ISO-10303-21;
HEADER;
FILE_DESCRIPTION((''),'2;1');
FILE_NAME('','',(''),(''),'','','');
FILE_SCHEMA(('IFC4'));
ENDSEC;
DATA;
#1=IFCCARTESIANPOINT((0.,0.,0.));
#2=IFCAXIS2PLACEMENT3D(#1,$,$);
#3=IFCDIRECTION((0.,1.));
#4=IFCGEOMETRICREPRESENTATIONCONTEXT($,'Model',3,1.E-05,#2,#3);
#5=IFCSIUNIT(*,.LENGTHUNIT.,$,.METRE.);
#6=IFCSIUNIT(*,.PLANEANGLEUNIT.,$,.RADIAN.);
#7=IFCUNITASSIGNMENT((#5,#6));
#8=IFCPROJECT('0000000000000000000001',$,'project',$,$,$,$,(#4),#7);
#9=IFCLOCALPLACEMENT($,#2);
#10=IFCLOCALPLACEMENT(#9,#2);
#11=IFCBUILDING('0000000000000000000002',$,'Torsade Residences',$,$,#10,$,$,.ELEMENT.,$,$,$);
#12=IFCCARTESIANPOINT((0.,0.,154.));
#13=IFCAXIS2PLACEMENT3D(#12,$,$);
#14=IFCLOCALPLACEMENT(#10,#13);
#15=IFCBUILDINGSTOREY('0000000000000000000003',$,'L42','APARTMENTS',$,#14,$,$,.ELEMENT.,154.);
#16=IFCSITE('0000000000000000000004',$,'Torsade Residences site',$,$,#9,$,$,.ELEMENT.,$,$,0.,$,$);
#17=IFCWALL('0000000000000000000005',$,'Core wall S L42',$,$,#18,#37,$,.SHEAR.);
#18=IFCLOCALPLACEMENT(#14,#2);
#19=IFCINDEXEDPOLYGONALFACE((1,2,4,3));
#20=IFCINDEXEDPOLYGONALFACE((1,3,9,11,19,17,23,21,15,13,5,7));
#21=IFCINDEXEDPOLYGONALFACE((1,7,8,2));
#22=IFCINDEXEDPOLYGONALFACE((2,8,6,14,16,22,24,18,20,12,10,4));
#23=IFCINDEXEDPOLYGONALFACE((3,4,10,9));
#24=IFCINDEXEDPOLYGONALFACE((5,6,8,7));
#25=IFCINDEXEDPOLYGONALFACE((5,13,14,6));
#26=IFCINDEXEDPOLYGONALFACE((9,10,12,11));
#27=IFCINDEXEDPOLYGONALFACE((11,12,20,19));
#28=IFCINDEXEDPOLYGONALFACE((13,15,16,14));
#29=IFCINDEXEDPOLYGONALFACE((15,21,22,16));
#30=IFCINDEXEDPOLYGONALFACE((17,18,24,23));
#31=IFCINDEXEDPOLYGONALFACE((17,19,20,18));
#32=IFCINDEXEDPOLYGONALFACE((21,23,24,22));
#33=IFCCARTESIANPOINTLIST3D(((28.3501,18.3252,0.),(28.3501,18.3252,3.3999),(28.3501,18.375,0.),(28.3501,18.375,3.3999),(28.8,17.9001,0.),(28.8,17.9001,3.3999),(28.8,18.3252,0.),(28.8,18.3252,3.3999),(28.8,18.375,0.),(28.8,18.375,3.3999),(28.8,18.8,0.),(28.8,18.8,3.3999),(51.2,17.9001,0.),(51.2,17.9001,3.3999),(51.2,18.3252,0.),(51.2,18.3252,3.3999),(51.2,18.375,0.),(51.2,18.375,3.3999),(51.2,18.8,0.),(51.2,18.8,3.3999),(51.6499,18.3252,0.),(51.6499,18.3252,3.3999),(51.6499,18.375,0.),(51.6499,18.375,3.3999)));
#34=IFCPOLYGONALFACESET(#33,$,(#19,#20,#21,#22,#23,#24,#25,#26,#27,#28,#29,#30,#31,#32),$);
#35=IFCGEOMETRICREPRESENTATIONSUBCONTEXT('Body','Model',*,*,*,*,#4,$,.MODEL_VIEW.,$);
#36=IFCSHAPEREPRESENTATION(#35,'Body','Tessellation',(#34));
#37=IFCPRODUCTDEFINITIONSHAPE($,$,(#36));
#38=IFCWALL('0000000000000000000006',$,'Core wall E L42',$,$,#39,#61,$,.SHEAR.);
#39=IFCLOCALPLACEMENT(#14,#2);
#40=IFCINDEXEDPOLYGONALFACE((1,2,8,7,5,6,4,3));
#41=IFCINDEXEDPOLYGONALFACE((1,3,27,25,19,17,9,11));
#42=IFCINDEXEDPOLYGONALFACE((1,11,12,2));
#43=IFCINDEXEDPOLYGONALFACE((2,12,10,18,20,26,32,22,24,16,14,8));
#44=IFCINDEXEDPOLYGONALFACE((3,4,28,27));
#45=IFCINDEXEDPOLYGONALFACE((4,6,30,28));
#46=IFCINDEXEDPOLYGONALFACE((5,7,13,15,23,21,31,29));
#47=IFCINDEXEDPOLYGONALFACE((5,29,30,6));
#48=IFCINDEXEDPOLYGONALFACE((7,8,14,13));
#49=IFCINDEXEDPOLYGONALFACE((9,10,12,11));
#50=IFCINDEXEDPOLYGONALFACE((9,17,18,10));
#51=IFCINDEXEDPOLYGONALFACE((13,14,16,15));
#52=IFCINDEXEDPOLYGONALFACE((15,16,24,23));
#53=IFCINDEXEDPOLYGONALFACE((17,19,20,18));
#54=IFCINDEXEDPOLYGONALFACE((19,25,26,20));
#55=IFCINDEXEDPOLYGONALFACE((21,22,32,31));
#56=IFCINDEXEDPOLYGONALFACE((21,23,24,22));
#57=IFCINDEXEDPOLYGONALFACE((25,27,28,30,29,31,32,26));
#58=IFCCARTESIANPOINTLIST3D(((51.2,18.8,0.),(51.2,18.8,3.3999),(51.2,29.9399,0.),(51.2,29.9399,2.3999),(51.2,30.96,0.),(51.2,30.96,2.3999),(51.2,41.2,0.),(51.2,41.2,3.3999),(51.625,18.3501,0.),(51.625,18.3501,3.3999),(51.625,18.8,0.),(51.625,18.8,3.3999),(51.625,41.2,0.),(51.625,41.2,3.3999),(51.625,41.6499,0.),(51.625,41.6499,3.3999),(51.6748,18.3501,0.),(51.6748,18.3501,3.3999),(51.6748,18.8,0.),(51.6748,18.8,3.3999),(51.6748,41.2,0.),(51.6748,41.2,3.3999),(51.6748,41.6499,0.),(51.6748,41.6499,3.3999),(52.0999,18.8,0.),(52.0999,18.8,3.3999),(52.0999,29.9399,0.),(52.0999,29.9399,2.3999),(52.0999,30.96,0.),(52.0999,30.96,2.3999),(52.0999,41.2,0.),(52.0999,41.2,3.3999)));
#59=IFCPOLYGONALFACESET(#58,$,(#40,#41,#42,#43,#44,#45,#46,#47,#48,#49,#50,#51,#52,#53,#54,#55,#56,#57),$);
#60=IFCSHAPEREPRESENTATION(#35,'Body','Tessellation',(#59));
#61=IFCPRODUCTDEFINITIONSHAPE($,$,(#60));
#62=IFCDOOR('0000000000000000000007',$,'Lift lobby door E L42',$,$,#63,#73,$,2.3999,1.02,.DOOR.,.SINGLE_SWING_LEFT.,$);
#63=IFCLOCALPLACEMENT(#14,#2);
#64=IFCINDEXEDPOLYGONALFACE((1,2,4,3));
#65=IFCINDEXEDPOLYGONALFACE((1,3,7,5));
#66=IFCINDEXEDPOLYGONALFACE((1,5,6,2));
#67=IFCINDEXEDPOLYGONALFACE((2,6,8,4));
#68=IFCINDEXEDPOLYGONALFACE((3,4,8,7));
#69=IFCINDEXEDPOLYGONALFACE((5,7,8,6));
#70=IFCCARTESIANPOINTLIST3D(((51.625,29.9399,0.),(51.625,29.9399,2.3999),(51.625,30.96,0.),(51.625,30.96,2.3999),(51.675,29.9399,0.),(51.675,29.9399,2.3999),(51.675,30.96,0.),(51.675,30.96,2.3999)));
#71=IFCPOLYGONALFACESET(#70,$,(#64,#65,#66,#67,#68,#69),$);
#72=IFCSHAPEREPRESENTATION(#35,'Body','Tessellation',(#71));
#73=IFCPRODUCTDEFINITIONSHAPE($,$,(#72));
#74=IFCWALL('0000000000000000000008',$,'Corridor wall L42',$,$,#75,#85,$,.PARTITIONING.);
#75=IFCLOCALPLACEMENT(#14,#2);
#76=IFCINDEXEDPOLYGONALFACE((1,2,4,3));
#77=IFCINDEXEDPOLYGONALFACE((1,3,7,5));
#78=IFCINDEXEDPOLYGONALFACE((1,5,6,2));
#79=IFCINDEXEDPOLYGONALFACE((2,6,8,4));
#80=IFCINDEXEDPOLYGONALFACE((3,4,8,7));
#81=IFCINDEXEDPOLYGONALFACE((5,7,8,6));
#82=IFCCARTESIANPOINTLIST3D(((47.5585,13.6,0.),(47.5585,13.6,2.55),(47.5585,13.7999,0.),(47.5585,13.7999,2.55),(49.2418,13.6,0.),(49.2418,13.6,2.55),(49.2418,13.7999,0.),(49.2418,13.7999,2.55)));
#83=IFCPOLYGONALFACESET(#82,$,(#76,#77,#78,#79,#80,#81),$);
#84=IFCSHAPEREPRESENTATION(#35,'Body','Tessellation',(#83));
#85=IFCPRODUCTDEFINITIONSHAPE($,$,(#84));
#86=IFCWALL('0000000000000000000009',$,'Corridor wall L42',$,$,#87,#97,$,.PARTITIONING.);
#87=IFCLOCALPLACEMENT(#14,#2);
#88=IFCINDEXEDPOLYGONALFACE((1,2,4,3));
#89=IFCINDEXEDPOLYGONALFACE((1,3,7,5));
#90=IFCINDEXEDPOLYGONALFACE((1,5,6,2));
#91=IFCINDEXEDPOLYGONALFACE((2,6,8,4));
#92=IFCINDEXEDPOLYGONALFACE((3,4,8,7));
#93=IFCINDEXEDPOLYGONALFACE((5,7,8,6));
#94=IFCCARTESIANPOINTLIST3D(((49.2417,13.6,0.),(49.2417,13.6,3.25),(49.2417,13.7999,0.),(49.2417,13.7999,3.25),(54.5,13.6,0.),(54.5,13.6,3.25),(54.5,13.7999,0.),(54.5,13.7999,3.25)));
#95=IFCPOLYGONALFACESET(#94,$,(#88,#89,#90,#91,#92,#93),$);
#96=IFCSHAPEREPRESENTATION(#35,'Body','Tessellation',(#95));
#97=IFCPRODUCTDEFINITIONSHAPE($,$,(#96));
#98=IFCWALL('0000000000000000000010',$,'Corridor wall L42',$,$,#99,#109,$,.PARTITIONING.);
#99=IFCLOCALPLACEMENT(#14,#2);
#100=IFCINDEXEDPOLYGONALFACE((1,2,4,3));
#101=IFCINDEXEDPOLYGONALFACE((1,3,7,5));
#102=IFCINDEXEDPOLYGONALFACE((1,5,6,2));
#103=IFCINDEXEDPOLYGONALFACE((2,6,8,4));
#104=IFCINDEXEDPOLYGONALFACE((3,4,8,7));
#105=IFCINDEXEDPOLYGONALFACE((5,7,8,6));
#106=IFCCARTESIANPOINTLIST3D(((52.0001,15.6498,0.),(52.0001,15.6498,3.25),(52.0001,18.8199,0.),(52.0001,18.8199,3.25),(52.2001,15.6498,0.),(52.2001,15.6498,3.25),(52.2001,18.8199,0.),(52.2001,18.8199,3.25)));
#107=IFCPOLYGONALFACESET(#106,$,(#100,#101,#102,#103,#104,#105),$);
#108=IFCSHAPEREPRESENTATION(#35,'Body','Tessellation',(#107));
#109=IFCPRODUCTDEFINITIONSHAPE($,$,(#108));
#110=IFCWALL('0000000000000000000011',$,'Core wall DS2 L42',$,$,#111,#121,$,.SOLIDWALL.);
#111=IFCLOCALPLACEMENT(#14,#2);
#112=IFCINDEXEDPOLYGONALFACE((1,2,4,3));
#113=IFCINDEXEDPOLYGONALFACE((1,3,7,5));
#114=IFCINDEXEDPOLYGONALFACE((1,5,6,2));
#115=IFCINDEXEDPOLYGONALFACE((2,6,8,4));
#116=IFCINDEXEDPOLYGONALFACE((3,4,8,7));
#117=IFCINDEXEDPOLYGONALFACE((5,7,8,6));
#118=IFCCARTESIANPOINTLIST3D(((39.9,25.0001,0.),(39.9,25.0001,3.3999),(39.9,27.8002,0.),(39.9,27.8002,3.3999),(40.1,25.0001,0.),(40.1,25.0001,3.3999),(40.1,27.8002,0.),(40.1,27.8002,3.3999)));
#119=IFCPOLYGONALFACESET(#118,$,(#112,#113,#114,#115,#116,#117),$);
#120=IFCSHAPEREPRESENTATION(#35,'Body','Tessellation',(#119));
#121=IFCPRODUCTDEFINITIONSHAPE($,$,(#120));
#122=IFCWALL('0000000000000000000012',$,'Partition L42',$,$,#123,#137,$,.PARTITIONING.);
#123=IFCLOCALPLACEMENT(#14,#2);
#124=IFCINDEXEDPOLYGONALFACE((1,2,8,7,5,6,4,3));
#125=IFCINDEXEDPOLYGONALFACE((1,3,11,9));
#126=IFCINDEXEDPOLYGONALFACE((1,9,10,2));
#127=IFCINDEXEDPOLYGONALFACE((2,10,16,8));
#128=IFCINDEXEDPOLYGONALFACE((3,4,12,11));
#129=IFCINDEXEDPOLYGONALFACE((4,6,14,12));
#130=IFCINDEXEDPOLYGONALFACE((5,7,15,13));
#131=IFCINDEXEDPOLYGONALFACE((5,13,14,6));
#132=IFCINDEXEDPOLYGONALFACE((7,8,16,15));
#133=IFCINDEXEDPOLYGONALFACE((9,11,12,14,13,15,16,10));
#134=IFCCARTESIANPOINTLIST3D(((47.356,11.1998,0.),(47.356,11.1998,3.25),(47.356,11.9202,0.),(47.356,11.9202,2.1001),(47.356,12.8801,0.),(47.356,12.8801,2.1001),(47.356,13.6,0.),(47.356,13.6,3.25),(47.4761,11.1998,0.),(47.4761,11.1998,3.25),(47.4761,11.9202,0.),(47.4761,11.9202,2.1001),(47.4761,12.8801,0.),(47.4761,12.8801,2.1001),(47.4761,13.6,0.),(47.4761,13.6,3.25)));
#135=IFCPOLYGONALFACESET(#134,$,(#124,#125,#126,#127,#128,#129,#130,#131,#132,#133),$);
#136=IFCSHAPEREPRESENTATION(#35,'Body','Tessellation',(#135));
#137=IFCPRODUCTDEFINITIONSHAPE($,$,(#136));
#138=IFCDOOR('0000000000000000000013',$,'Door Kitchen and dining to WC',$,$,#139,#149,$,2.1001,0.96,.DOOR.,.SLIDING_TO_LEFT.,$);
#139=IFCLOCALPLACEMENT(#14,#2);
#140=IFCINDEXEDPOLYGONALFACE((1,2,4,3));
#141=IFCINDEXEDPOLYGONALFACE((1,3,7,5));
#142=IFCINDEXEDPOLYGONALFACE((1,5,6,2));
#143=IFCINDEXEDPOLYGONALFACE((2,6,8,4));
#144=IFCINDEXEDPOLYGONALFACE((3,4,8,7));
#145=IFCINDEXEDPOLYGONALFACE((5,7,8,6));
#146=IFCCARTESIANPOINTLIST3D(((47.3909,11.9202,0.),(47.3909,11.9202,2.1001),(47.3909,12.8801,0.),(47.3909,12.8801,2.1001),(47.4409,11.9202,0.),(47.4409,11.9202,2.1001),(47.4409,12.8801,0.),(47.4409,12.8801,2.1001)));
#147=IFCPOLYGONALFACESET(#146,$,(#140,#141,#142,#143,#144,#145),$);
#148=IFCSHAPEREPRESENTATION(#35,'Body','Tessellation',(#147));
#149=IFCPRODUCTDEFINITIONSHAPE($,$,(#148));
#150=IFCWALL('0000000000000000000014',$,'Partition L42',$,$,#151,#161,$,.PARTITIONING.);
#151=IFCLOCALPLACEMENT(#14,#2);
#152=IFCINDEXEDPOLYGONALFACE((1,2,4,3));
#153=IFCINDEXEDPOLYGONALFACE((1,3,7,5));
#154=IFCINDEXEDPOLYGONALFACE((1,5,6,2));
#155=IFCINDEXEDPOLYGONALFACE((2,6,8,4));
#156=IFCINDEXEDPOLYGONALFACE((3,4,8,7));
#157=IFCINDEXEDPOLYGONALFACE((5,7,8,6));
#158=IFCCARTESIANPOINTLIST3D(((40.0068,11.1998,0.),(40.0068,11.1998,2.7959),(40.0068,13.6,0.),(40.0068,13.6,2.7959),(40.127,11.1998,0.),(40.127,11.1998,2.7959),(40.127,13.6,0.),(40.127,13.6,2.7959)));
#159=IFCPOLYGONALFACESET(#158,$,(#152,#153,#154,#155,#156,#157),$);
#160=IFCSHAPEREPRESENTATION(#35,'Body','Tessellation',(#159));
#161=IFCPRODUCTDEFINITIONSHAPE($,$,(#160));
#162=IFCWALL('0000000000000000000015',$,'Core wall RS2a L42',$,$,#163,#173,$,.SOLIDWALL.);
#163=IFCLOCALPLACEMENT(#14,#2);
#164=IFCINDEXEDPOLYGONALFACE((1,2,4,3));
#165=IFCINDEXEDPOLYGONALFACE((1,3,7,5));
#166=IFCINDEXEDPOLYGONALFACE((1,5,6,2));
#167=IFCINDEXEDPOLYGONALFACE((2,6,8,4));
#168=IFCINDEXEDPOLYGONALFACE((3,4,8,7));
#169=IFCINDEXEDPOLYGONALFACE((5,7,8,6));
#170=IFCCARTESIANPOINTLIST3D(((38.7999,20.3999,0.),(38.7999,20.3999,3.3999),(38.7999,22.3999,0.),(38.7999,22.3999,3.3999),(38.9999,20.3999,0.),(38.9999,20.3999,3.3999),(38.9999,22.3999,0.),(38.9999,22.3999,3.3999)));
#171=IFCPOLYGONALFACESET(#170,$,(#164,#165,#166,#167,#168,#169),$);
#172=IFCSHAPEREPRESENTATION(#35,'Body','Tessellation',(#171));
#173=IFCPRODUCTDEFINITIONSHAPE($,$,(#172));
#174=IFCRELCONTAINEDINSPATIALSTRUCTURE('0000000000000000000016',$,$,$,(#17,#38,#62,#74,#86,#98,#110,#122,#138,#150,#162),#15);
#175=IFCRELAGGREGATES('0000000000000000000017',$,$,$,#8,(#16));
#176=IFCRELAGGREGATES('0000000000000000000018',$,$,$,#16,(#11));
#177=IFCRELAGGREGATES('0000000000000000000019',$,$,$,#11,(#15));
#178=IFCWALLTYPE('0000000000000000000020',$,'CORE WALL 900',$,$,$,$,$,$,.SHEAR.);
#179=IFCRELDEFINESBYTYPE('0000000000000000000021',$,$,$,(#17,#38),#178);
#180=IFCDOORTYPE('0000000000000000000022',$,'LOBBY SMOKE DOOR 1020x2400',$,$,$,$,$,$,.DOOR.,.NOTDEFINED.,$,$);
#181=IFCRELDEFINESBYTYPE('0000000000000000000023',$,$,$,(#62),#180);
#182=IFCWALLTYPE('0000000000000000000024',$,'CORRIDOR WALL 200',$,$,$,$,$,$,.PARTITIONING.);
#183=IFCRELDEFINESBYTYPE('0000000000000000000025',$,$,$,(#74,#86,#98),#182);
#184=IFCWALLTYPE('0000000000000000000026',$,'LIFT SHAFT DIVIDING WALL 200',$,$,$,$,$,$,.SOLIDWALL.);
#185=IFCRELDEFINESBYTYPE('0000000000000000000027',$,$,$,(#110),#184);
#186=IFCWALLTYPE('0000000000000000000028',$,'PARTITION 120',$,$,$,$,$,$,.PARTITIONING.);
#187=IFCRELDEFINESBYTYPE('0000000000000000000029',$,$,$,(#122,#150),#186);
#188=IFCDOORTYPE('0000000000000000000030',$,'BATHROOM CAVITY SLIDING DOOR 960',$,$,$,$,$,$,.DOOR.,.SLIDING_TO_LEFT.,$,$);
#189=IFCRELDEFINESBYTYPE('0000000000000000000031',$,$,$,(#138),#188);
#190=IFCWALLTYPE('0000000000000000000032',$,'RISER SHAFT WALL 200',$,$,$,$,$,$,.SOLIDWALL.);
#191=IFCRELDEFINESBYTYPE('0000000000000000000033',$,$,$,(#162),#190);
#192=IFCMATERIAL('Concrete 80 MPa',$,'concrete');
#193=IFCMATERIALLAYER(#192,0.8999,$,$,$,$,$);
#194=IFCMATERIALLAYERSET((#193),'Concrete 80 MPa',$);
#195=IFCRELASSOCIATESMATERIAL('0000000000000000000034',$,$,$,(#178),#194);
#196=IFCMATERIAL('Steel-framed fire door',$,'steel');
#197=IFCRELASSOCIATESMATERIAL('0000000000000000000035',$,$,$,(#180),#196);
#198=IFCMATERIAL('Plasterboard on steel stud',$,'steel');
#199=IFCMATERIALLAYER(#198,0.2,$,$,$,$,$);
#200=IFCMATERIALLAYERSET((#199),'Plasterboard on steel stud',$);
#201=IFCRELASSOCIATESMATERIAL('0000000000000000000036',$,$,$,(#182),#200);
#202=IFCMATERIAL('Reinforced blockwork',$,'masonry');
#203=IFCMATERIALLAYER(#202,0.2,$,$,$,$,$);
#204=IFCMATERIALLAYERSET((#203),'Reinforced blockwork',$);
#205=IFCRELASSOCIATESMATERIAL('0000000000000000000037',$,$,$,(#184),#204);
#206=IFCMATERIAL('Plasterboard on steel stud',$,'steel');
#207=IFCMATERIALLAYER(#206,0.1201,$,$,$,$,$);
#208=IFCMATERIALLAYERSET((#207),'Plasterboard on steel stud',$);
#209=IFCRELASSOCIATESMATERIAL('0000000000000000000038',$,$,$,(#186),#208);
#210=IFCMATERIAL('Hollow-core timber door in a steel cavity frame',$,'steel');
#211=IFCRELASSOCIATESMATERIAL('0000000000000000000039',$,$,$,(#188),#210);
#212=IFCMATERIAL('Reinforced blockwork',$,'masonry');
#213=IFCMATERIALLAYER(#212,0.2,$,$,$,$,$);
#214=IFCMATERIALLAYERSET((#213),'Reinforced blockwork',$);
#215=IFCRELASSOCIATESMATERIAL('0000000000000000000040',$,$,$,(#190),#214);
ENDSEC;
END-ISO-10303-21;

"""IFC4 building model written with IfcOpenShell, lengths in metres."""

from ifc_helpers import new_model, si_unit, direction, frame, frame_2d, origin, place, context, subcontext, project, spatial, polyline, rectangle, outline, extrude, material, layer, layer_set, type_object, element, fill, save


model = new_model("IFC4")

# Units and contexts
model_context = context("Model", 3, precision=1e-05, world=origin(), true_north=direction((0.0, 1.0)))
body_context = subcontext(model_context, "Body", "Model", "MODEL_VIEW")
ifc_project = project(units=[si_unit("LENGTHUNIT", "METRE"), si_unit("PLANEANGLEUNIT", "RADIAN")], contexts=[model_context])

# Site, building, storey
site_placement = place(None, origin())
site = spatial("IfcSite", under=ifc_project, at=site_placement, Name="Torsade Residences site", CompositionType="ELEMENT", RefElevation=0.0)
building_placement = place(site_placement, origin())
building = spatial("IfcBuilding", under=site, at=building_placement, Name="Torsade Residences", CompositionType="ELEMENT")
storey_placement = place(building_placement, frame((0.0, 0.0, 154.0)))
storey = spatial("IfcBuildingStorey", under=building, at=storey_placement, Name="L42", Description="APARTMENTS", CompositionType="ELEMENT", Elevation=154.0)

# Wall
ifc_material_1 = material(Name="Concrete 80 MPa", Category="concrete")
ifc_layer_1 = layer(ifc_material_1, 0.8999)
ifc_layer_set_1 = layer_set([ifc_layer_1], Name="Concrete 80 MPa")
wall_type_1 = type_object("IfcWallType", Name="CORE WALL 900", PredefinedType="SHEAR", material=ifc_layer_set_1)
wall_1_placement = place(storey_placement, frame((51.2, 18.3501, 0.0), z_axis=(0.0, 0.0, 1.0), x_axis=(-1.0, 0.0, 0.0)))
element("IfcWall", 1, at=wall_1_placement, inside=storey, type_object=wall_type_1, Name="Core wall S L42", PredefinedType="SHEAR", context=body_context, shape_type="SweptSolid", body=[
    extrude(outline(polyline([(0.0, -0.45), (22.3999, -0.45), (22.3999, -0.0249), (22.8499, -0.0249), (22.8499, 0.0249), (22.3999, 0.0249), (22.3999, 0.45), (0.0, 0.45), (0.0, 0.0249), (-0.45, 0.0249), (-0.45, -0.0249), (0.0, -0.0249), (0.0, -0.45)])), origin(), (0.0, 0.0, 1.0), 3.3999),
])

# Wall, opening, door
wall_2_placement = place(storey_placement, frame((51.6499, 18.8, 0.0), z_axis=(0.0, 0.0, 1.0), x_axis=(0.0, 1.0, 0.0)))
wall_2 = element("IfcWall", 2, at=wall_2_placement, inside=storey, type_object=wall_type_1, Name="Core wall E L42", PredefinedType="SHEAR", context=body_context, shape_type="SweptSolid", body=[
    extrude(outline(polyline([(0.0, -0.45), (22.3999, -0.45), (22.3999, -0.0249), (22.8499, -0.0249), (22.8499, 0.0249), (22.3999, 0.0249), (22.3999, 0.45), (0.0, 0.45), (0.0, 0.0249), (-0.45, 0.0249), (-0.45, -0.0249), (0.0, -0.0249), (0.0, -0.45)])), origin(), (0.0, 0.0, 1.0), 3.3999),
])
opening_1_placement = place(wall_2_placement, frame((11.1399, 0.0, 0.0)))
opening_1 = element("IfcOpeningElement", 3, at=opening_1_placement, cuts=wall_2, PredefinedType="OPENING", context=body_context, shape_type="SweptSolid", body=[
    extrude(rectangle(XDim=1.02, YDim=2.3999, at=frame_2d((0.51, 1.2))), frame((0.0, 0.46, 0.0), z_axis=(0.0, -1.0, 0.0), x_axis=(1.0, 0.0, 0.0)), (0.0, 0.0, 1.0), 0.9199),
])
ifc_material_2 = material(Name="Steel-framed fire door", Category="steel")
door_type_1 = type_object("IfcDoorType", Name="LOBBY SMOKE DOOR 1020x2400", OperationType="NOTDEFINED", PredefinedType="DOOR", material=ifc_material_2)
door_1_placement = place(opening_1_placement, origin())
door_1 = element("IfcDoor", 4, at=door_1_placement, inside=storey, type_object=door_type_1, Name="Lift lobby door E L42", OperationType="SINGLE_SWING_LEFT", OverallHeight=2.3999, OverallWidth=1.02, PredefinedType="DOOR", context=body_context, shape_type="SweptSolid", body=[
    extrude(rectangle(XDim=1.02, YDim=2.3999, at=frame_2d((0.51, 1.2))), frame((0.0, 0.0249, 0.0), z_axis=(0.0, -1.0, 0.0), x_axis=(1.0, 0.0, 0.0)), (0.0, 0.0, 1.0), 0.05),
])
fill(opening_1, door_1)

# Walls
ifc_material_3 = material(Name="Plasterboard on steel stud", Category="steel")
ifc_layer_2 = layer(ifc_material_3, 0.2)
ifc_layer_set_2 = layer_set([ifc_layer_2], Name="Plasterboard on steel stud")
wall_type_2 = type_object("IfcWallType", Name="CORRIDOR WALL 200", PredefinedType="PARTITIONING", material=ifc_layer_set_2)
wall_3_placement = place(storey_placement, frame((47.5583, 13.7, 0.0), z_axis=(0.0, 0.0, 1.0), x_axis=(1.0, 0.0, 0.0)))
element("IfcWall", 5, at=wall_3_placement, inside=storey, type_object=wall_type_2, Name="Corridor wall L42", PredefinedType="PARTITIONING", context=body_context, shape_type="SweptSolid", body=[
    extrude(rectangle(XDim=1.6833, YDim=0.2, at=frame_2d((0.8418, 0.0))), origin(), (0.0, 0.0, 1.0), 2.55),
])
wall_4_placement = place(storey_placement, frame((49.2417, 13.7, 0.0), z_axis=(0.0, 0.0, 1.0), x_axis=(1.0, 0.0, 0.0)))
element("IfcWall", 6, at=wall_4_placement, inside=storey, type_object=wall_type_2, Name="Corridor wall L42", PredefinedType="PARTITIONING", context=body_context, shape_type="SweptSolid", body=[
    extrude(rectangle(XDim=5.2583, YDim=0.2, at=frame_2d((2.6292, 0.0))), origin(), (0.0, 0.0, 1.0), 3.25),
])
wall_5_placement = place(storey_placement, frame((52.1001, 15.6499, 0.0), z_axis=(0.0, 0.0, 1.0), x_axis=(0.0, 1.0, 0.0)))
element("IfcWall", 7, at=wall_5_placement, inside=storey, type_object=wall_type_2, Name="Corridor wall L42", PredefinedType="PARTITIONING", context=body_context, shape_type="SweptSolid", body=[
    extrude(rectangle(XDim=3.1702, YDim=0.2, at=frame_2d((1.585, 0.0))), origin(), (0.0, 0.0, 1.0), 3.25),
])
ifc_material_4 = material(Name="Reinforced blockwork", Category="masonry")
ifc_layer_3 = layer(ifc_material_4, 0.2)
ifc_layer_set_3 = layer_set([ifc_layer_3], Name="Reinforced blockwork")
wall_type_3 = type_object("IfcWallType", Name="LIFT SHAFT DIVIDING WALL 200", PredefinedType="SOLIDWALL", material=ifc_layer_set_3)
wall_6_placement = place(storey_placement, frame((40.0, 27.8, 0.0), z_axis=(0.0, 0.0, 1.0), x_axis=(0.0, -1.0, 0.0)))
element("IfcWall", 8, at=wall_6_placement, inside=storey, type_object=wall_type_3, Name="Core wall DS2 L42", PredefinedType="SOLIDWALL", context=body_context, shape_type="SweptSolid", body=[
    extrude(rectangle(XDim=2.8, YDim=0.2, at=frame_2d((1.3999, 0.0))), origin(), (0.0, 0.0, 1.0), 3.3999),
])

# Wall, opening, door
ifc_material_5 = material(Name="Plasterboard on steel stud", Category="steel")
ifc_layer_4 = layer(ifc_material_5, 0.1201)
ifc_layer_set_4 = layer_set([ifc_layer_4], Name="Plasterboard on steel stud")
wall_type_4 = type_object("IfcWallType", Name="PARTITION 120", PredefinedType="PARTITIONING", material=ifc_layer_set_4)
wall_7_placement = place(storey_placement, frame((47.416, 13.6001, 0.0), z_axis=(0.0, 0.0, 1.0), x_axis=(0.0, -1.0, 0.0)))
wall_7 = element("IfcWall", 9, at=wall_7_placement, inside=storey, type_object=wall_type_4, Name="Partition L42", PredefinedType="PARTITIONING", context=body_context, shape_type="SweptSolid", body=[
    extrude(rectangle(XDim=2.4001, YDim=0.1201, at=frame_2d((1.2002, 0.0))), origin(), (0.0, 0.0, 1.0), 3.25),
])
opening_2_placement = place(wall_7_placement, frame((0.72, 0.0, 0.0)))
opening_2 = element("IfcOpeningElement", 10, at=opening_2_placement, cuts=wall_7, PredefinedType="OPENING", context=body_context, shape_type="SweptSolid", body=[
    extrude(rectangle(XDim=0.96, YDim=2.1001, at=frame_2d((0.48, 1.05))), frame((0.0, 0.0701, 0.0), z_axis=(0.0, -1.0, 0.0), x_axis=(1.0, 0.0, 0.0)), (0.0, 0.0, 1.0), 0.1401),
])
ifc_material_6 = material(Name="Hollow-core timber door in a steel cavity frame", Category="steel")
door_type_2 = type_object("IfcDoorType", Name="BATHROOM CAVITY SLIDING DOOR 960", OperationType="SLIDING_TO_LEFT", PredefinedType="DOOR", material=ifc_material_6)
door_2_placement = place(opening_2_placement, origin())
door_2 = element("IfcDoor", 11, at=door_2_placement, inside=storey, type_object=door_type_2, Name="Door Kitchen and dining to WC", OperationType="SLIDING_TO_LEFT", OverallHeight=2.1001, OverallWidth=0.96, PredefinedType="DOOR", context=body_context, shape_type="SweptSolid", body=[
    extrude(rectangle(XDim=0.96, YDim=2.1001, at=frame_2d((0.48, 1.05))), frame((0.0, 0.0249, 0.0), z_axis=(0.0, -1.0, 0.0), x_axis=(1.0, 0.0, 0.0)), (0.0, 0.0, 1.0), 0.05),
])
fill(opening_2, door_2)

# Walls
wall_8_placement = place(storey_placement, frame((40.0669, 13.6001, 0.0), z_axis=(0.0, 0.0, 1.0), x_axis=(0.0, -1.0, 0.0)))
element("IfcWall", 12, at=wall_8_placement, inside=storey, type_object=wall_type_4, Name="Partition L42", PredefinedType="PARTITIONING", context=body_context, shape_type="SweptSolid", body=[
    extrude(rectangle(XDim=2.4001, YDim=0.1201, at=frame_2d((1.2002, 0.0))), origin(), (0.0, 0.0, 1.0), 2.7959),
])
ifc_material_7 = material(Name="Reinforced blockwork", Category="masonry")
ifc_layer_5 = layer(ifc_material_7, 0.2)
ifc_layer_set_5 = layer_set([ifc_layer_5], Name="Reinforced blockwork")
wall_type_5 = type_object("IfcWallType", Name="RISER SHAFT WALL 200", PredefinedType="SOLIDWALL", material=ifc_layer_set_5)
for number, where, z_axis, x_axis, name in (
    (13, (38.8999, 22.3999, 0.0), (0.0, 0.0, 1.0), (0.0, -1.0, 0.0), "Core wall RS2a L42"),
):
    element("IfcWall", number, at=place(storey_placement, frame(where, z_axis=z_axis, x_axis=x_axis)), inside=storey, type_object=wall_type_5, Name=name, PredefinedType="SOLIDWALL", context=body_context, shape_type="SweptSolid", body=[
        extrude(rectangle(XDim=2.0, YDim=0.2, at=frame_2d((1.0, 0.0))), origin(), (0.0, 0.0, 1.0), 3.3999),
    ])

save(model, "model.ifc")
